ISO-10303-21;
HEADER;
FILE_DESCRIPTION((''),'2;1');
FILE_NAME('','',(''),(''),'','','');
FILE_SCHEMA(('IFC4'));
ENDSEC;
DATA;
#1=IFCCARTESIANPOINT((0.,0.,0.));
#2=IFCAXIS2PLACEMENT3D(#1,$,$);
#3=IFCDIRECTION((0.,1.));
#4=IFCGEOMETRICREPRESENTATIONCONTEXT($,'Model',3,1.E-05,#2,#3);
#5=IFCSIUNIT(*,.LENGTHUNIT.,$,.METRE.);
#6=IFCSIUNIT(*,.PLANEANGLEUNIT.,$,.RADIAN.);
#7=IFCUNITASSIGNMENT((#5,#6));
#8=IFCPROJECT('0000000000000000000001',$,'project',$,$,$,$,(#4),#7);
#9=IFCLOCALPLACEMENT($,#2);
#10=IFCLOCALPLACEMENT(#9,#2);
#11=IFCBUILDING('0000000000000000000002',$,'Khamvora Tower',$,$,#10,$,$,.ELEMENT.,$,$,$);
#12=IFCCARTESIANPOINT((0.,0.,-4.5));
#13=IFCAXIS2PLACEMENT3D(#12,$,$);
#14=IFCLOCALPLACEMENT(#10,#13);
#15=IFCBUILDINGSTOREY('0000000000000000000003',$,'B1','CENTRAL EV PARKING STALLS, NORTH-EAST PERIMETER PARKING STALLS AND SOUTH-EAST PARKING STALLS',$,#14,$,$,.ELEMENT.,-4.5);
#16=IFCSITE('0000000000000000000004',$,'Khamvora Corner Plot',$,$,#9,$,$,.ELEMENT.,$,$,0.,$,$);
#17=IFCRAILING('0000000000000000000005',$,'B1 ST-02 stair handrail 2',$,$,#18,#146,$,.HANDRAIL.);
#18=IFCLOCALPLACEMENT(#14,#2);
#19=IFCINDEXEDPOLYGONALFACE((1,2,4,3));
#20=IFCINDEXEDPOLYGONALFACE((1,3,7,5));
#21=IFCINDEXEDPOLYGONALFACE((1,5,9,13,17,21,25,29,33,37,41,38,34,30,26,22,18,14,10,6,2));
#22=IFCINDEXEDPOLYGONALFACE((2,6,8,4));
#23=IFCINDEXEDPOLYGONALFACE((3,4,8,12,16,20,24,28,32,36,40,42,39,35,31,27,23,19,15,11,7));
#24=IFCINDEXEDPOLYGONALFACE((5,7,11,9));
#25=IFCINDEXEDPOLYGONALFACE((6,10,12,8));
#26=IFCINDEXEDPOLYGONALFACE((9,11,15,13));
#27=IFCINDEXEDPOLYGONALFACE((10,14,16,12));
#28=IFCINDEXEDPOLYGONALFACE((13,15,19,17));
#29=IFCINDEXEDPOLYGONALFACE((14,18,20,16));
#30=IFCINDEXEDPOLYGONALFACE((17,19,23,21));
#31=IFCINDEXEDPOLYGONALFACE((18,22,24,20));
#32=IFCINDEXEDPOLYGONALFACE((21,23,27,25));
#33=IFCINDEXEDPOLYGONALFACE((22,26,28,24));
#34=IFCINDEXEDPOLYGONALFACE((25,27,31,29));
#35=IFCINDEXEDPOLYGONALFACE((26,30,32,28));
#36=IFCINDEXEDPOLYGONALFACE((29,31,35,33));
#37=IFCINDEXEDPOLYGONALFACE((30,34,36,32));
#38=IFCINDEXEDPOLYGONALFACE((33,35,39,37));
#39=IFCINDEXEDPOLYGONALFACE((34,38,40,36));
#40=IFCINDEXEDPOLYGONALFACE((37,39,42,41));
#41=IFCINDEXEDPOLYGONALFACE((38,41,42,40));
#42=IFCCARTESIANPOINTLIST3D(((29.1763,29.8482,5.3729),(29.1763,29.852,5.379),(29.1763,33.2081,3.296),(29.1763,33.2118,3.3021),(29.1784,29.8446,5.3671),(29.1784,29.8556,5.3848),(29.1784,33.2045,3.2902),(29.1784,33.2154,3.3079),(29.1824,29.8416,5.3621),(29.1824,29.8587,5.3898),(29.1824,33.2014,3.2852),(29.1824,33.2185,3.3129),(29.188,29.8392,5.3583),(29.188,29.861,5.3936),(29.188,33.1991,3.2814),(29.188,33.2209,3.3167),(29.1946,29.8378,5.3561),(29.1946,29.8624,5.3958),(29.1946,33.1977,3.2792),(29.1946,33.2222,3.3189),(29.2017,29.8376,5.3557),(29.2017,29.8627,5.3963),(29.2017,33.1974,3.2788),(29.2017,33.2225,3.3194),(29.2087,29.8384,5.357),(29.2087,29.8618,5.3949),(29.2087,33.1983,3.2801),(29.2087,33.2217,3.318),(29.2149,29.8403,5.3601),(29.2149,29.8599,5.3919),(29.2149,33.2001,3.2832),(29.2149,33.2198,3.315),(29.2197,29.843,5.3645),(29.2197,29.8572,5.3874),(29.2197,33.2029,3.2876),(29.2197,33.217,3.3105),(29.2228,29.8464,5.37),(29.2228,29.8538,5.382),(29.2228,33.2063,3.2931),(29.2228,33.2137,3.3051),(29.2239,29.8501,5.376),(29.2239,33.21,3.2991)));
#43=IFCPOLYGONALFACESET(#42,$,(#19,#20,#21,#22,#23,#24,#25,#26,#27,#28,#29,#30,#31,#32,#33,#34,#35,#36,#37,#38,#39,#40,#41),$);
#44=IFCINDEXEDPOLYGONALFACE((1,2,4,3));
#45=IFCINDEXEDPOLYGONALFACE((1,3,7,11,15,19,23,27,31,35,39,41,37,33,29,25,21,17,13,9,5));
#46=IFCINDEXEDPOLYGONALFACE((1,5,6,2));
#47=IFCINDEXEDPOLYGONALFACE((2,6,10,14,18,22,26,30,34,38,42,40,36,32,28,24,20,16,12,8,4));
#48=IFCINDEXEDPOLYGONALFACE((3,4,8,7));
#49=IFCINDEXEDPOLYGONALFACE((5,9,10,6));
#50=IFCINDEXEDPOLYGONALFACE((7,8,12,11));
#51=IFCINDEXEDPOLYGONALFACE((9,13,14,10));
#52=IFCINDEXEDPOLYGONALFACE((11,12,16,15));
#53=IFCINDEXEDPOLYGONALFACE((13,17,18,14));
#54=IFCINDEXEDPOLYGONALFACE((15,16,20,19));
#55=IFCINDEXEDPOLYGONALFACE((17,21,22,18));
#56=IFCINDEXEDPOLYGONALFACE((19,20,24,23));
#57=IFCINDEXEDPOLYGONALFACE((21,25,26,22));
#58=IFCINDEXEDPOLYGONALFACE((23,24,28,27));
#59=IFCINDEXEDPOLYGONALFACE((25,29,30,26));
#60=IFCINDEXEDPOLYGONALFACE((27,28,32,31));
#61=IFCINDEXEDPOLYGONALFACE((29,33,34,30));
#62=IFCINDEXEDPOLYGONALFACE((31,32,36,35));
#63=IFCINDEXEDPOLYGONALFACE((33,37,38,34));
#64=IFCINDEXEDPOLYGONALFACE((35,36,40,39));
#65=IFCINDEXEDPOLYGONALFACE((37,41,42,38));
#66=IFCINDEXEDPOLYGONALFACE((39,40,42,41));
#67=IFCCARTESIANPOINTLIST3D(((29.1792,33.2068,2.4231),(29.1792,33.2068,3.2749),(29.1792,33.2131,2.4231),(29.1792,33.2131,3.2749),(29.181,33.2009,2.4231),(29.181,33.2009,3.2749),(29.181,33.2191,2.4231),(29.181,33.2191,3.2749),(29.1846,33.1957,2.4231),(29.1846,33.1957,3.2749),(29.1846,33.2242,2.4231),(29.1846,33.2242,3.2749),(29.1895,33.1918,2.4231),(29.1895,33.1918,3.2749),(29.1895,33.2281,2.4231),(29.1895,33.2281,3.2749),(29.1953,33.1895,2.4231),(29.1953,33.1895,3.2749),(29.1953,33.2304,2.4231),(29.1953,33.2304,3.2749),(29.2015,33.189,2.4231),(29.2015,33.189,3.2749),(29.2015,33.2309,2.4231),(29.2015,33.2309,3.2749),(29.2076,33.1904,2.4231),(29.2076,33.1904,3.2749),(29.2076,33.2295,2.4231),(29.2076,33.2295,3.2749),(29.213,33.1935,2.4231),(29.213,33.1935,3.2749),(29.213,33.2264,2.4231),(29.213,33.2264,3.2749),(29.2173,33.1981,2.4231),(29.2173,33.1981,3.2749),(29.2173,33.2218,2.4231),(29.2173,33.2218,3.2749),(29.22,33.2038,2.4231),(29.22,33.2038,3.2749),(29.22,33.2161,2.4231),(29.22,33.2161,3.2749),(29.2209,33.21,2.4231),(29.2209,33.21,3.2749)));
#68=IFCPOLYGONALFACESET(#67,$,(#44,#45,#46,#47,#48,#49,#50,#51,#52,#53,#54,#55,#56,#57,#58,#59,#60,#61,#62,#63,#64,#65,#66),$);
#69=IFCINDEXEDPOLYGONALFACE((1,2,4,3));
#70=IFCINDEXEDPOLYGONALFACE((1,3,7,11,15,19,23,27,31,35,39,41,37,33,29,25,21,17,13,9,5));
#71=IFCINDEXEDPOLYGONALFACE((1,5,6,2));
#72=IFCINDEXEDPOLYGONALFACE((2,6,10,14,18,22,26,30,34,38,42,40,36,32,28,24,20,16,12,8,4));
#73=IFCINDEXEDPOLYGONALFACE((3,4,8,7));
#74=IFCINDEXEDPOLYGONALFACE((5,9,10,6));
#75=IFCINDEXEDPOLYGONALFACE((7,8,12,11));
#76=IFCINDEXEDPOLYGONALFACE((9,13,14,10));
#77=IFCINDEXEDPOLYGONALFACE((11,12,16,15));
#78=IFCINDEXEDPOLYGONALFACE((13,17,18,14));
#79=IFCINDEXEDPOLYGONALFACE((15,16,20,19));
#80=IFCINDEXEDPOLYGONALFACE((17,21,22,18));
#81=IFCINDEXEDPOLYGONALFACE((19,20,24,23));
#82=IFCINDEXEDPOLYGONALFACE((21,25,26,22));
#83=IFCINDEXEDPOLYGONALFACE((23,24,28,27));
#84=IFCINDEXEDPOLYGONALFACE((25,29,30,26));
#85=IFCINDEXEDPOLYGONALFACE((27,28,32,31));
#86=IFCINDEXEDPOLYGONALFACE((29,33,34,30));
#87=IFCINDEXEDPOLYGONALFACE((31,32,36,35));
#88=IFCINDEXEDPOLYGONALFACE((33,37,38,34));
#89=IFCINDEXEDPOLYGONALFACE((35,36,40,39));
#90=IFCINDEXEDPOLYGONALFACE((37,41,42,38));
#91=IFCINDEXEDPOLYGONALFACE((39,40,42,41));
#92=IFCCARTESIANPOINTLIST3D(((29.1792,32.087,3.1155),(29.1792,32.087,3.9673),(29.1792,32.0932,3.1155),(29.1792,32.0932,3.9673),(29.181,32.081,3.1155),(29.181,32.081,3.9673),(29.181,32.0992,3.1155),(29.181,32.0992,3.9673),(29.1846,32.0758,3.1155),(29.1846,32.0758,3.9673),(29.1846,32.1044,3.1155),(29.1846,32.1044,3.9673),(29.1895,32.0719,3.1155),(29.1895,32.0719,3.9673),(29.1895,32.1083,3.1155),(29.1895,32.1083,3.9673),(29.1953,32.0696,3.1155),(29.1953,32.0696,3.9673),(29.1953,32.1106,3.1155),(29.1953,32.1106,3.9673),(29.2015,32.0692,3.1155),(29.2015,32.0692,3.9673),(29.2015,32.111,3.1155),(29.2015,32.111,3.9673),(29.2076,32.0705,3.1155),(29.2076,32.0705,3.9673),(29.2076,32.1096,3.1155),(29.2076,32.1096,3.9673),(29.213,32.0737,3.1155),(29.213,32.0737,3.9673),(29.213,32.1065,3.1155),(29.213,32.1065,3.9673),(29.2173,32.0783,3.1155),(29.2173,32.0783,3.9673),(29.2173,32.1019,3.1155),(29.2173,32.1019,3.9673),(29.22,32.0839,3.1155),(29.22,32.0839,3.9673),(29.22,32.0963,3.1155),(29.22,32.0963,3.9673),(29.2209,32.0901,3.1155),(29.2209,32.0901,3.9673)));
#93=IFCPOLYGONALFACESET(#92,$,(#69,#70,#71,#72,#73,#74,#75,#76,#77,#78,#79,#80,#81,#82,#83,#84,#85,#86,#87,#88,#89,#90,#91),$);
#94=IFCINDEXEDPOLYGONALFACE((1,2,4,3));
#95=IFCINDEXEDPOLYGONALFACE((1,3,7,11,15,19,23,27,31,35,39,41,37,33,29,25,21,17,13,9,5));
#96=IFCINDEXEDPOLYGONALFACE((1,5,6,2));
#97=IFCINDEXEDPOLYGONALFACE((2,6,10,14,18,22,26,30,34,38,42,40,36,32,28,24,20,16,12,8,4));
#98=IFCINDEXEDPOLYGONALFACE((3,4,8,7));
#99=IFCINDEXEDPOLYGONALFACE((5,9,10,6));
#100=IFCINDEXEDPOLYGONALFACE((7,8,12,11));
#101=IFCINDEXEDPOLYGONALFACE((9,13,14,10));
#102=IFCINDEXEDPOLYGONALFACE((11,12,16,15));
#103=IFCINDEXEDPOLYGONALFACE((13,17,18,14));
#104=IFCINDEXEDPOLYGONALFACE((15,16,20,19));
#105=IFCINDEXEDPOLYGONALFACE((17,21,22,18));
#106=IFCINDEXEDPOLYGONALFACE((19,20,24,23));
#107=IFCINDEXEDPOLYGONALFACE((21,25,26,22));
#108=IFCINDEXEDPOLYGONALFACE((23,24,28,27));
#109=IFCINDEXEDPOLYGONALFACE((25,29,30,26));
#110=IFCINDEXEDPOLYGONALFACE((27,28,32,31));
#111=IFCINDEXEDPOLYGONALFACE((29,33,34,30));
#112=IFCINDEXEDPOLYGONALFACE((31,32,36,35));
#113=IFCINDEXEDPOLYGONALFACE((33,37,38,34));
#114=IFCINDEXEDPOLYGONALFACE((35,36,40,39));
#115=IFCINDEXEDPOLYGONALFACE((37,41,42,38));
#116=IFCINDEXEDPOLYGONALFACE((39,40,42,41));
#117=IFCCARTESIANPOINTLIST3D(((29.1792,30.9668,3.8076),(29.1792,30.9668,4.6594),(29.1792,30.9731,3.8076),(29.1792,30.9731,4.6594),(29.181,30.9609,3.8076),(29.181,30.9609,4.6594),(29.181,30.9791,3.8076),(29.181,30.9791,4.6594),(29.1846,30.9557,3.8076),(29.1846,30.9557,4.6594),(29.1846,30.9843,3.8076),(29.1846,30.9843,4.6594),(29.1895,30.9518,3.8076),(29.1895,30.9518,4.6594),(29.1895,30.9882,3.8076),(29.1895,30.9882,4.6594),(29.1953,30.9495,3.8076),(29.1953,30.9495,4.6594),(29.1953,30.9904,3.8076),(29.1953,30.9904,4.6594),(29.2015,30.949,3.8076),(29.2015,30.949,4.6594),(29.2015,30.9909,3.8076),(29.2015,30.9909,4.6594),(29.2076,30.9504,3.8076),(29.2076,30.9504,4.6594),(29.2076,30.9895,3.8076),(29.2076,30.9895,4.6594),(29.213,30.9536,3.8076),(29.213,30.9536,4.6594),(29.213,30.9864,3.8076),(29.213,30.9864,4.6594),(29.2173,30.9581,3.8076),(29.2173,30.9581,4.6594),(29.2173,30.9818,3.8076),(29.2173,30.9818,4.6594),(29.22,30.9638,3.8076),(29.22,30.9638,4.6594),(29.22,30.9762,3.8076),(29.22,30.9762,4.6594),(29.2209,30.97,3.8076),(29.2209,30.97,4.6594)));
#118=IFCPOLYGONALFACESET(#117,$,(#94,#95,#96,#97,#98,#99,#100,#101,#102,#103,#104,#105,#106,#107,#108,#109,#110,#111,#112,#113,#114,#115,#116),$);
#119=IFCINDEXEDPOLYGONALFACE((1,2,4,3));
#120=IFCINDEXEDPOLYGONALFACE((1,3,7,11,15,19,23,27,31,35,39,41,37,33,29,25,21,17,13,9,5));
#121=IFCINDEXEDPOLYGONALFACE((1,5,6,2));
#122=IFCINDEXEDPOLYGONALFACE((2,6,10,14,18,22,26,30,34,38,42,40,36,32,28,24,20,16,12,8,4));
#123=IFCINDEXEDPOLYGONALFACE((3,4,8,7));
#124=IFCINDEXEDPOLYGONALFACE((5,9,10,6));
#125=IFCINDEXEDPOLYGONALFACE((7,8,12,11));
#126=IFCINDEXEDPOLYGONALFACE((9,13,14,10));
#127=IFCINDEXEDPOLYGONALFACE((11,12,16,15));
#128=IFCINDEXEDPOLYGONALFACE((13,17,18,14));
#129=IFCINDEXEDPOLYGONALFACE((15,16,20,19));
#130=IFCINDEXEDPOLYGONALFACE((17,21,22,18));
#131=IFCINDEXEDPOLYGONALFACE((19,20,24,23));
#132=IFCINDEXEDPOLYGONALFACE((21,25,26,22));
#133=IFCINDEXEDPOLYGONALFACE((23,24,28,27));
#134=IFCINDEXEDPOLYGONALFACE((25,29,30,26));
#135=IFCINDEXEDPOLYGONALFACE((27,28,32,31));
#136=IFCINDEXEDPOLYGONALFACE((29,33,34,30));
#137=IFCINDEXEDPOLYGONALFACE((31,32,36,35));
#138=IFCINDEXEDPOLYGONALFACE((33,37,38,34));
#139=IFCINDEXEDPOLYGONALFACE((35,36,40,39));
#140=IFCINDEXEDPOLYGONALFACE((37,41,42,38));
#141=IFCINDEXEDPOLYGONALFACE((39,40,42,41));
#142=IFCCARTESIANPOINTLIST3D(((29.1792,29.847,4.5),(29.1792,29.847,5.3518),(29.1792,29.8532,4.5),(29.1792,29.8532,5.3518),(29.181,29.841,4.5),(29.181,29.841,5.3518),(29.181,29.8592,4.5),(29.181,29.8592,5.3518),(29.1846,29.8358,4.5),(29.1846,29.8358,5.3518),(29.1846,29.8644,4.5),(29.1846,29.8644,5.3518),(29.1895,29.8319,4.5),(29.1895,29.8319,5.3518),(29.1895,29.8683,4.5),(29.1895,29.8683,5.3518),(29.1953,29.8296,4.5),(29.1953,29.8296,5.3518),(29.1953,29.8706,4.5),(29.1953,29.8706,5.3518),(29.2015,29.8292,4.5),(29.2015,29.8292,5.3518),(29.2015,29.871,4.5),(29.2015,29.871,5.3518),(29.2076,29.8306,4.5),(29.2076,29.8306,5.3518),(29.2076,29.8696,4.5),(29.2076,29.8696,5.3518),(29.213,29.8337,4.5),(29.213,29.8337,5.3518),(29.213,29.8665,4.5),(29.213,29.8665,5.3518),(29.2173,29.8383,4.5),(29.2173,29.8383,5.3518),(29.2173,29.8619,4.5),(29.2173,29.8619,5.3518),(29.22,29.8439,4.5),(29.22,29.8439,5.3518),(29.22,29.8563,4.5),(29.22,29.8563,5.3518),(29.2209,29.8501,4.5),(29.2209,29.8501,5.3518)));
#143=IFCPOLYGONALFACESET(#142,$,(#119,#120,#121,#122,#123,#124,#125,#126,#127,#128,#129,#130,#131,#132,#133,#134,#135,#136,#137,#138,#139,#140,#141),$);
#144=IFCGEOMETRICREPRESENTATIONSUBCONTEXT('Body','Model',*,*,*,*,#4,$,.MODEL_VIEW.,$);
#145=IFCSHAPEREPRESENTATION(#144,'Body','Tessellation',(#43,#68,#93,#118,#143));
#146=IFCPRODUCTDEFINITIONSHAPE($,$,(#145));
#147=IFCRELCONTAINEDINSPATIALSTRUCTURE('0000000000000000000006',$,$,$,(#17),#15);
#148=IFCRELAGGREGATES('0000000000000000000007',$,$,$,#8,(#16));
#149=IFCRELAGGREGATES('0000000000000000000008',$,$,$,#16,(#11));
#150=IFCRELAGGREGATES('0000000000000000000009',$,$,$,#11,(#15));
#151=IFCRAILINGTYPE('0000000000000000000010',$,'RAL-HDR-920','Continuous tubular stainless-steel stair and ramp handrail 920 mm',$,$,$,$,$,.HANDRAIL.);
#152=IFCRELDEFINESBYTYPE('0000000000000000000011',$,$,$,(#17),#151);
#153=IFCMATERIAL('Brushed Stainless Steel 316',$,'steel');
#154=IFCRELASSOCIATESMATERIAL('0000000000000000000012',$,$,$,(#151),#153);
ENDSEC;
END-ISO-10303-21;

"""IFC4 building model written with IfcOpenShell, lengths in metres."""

from ifc_helpers import new_model, si_unit, direction, frame, origin, origin_2d, place, context, subcontext, project, spatial, circle, extrude, material, type_object, element, save


model = new_model("IFC4")

# Units and contexts
model_context = context("Model", 3, precision=1e-05, world=origin(), true_north=direction((0.0, 1.0)))
body_context = subcontext(model_context, "Body", "Model", "MODEL_VIEW")
ifc_project = project(units=[si_unit("LENGTHUNIT", "METRE"), si_unit("PLANEANGLEUNIT", "RADIAN")], contexts=[model_context])

# Site, building, storey
site_placement = place(None, origin())
site = spatial("IfcSite", under=ifc_project, at=site_placement, Name="Khamvora Corner Plot", CompositionType="ELEMENT", RefElevation=0.0)
building_placement = place(site_placement, origin())
building = spatial("IfcBuilding", under=site, at=building_placement, Name="Khamvora Tower", CompositionType="ELEMENT")
storey_placement = place(building_placement, frame((0.0, 0.0, -4.5)))
storey = spatial("IfcBuildingStorey", under=building, at=storey_placement, Name="B1", Description="CENTRAL EV PARKING STALLS, NORTH-EAST PERIMETER PARKING STALLS AND SOUTH-EAST PARKING STALLS", CompositionType="ELEMENT", Elevation=-4.5)

# Railing
ifc_material_1 = material(Name="Brushed Stainless Steel 316", Category="steel")
railing_type_1 = type_object("IfcRailingType", Name="RAL-HDR-920", Description="Continuous tubular stainless-steel stair and ramp handrail 920 mm", PredefinedType="HANDRAIL", material=ifc_material_1)
railing_1_placement = place(storey_placement, frame((29.2, 33.21, 2.4231)))
element("IfcRailing", 1, at=railing_1_placement, inside=storey, type_object=railing_type_1, Name="B1 ST-02 stair handrail 2", PredefinedType="HANDRAIL", context=body_context, shape_type="SweptSolid", body=[
    extrude(circle(Radius=0.0239, at=origin_2d()), frame((0.0, 0.0, 0.876), z_axis=(0.0, -0.850606, 0.525803), x_axis=(1.0, 0.0, 0.0)), (0.0, 0.0, 1.0), 3.95),
    extrude(circle(Radius=0.021, at=origin_2d()), origin(), (0.0, 0.0, 1.0), 0.8518),
    extrude(circle(Radius=0.021, at=origin_2d()), frame((0.0, -1.1199, 0.6924)), (0.0, 0.0, 1.0), 0.8518),
    extrude(circle(Radius=0.021, at=origin_2d()), frame((0.0, -2.24, 1.3845)), (0.0, 0.0, 1.0), 0.8518),
    extrude(circle(Radius=0.021, at=origin_2d()), frame((0.0, -3.3599, 2.0769)), (0.0, 0.0, 1.0), 0.8518),
])

save(model, "model.ifc")
